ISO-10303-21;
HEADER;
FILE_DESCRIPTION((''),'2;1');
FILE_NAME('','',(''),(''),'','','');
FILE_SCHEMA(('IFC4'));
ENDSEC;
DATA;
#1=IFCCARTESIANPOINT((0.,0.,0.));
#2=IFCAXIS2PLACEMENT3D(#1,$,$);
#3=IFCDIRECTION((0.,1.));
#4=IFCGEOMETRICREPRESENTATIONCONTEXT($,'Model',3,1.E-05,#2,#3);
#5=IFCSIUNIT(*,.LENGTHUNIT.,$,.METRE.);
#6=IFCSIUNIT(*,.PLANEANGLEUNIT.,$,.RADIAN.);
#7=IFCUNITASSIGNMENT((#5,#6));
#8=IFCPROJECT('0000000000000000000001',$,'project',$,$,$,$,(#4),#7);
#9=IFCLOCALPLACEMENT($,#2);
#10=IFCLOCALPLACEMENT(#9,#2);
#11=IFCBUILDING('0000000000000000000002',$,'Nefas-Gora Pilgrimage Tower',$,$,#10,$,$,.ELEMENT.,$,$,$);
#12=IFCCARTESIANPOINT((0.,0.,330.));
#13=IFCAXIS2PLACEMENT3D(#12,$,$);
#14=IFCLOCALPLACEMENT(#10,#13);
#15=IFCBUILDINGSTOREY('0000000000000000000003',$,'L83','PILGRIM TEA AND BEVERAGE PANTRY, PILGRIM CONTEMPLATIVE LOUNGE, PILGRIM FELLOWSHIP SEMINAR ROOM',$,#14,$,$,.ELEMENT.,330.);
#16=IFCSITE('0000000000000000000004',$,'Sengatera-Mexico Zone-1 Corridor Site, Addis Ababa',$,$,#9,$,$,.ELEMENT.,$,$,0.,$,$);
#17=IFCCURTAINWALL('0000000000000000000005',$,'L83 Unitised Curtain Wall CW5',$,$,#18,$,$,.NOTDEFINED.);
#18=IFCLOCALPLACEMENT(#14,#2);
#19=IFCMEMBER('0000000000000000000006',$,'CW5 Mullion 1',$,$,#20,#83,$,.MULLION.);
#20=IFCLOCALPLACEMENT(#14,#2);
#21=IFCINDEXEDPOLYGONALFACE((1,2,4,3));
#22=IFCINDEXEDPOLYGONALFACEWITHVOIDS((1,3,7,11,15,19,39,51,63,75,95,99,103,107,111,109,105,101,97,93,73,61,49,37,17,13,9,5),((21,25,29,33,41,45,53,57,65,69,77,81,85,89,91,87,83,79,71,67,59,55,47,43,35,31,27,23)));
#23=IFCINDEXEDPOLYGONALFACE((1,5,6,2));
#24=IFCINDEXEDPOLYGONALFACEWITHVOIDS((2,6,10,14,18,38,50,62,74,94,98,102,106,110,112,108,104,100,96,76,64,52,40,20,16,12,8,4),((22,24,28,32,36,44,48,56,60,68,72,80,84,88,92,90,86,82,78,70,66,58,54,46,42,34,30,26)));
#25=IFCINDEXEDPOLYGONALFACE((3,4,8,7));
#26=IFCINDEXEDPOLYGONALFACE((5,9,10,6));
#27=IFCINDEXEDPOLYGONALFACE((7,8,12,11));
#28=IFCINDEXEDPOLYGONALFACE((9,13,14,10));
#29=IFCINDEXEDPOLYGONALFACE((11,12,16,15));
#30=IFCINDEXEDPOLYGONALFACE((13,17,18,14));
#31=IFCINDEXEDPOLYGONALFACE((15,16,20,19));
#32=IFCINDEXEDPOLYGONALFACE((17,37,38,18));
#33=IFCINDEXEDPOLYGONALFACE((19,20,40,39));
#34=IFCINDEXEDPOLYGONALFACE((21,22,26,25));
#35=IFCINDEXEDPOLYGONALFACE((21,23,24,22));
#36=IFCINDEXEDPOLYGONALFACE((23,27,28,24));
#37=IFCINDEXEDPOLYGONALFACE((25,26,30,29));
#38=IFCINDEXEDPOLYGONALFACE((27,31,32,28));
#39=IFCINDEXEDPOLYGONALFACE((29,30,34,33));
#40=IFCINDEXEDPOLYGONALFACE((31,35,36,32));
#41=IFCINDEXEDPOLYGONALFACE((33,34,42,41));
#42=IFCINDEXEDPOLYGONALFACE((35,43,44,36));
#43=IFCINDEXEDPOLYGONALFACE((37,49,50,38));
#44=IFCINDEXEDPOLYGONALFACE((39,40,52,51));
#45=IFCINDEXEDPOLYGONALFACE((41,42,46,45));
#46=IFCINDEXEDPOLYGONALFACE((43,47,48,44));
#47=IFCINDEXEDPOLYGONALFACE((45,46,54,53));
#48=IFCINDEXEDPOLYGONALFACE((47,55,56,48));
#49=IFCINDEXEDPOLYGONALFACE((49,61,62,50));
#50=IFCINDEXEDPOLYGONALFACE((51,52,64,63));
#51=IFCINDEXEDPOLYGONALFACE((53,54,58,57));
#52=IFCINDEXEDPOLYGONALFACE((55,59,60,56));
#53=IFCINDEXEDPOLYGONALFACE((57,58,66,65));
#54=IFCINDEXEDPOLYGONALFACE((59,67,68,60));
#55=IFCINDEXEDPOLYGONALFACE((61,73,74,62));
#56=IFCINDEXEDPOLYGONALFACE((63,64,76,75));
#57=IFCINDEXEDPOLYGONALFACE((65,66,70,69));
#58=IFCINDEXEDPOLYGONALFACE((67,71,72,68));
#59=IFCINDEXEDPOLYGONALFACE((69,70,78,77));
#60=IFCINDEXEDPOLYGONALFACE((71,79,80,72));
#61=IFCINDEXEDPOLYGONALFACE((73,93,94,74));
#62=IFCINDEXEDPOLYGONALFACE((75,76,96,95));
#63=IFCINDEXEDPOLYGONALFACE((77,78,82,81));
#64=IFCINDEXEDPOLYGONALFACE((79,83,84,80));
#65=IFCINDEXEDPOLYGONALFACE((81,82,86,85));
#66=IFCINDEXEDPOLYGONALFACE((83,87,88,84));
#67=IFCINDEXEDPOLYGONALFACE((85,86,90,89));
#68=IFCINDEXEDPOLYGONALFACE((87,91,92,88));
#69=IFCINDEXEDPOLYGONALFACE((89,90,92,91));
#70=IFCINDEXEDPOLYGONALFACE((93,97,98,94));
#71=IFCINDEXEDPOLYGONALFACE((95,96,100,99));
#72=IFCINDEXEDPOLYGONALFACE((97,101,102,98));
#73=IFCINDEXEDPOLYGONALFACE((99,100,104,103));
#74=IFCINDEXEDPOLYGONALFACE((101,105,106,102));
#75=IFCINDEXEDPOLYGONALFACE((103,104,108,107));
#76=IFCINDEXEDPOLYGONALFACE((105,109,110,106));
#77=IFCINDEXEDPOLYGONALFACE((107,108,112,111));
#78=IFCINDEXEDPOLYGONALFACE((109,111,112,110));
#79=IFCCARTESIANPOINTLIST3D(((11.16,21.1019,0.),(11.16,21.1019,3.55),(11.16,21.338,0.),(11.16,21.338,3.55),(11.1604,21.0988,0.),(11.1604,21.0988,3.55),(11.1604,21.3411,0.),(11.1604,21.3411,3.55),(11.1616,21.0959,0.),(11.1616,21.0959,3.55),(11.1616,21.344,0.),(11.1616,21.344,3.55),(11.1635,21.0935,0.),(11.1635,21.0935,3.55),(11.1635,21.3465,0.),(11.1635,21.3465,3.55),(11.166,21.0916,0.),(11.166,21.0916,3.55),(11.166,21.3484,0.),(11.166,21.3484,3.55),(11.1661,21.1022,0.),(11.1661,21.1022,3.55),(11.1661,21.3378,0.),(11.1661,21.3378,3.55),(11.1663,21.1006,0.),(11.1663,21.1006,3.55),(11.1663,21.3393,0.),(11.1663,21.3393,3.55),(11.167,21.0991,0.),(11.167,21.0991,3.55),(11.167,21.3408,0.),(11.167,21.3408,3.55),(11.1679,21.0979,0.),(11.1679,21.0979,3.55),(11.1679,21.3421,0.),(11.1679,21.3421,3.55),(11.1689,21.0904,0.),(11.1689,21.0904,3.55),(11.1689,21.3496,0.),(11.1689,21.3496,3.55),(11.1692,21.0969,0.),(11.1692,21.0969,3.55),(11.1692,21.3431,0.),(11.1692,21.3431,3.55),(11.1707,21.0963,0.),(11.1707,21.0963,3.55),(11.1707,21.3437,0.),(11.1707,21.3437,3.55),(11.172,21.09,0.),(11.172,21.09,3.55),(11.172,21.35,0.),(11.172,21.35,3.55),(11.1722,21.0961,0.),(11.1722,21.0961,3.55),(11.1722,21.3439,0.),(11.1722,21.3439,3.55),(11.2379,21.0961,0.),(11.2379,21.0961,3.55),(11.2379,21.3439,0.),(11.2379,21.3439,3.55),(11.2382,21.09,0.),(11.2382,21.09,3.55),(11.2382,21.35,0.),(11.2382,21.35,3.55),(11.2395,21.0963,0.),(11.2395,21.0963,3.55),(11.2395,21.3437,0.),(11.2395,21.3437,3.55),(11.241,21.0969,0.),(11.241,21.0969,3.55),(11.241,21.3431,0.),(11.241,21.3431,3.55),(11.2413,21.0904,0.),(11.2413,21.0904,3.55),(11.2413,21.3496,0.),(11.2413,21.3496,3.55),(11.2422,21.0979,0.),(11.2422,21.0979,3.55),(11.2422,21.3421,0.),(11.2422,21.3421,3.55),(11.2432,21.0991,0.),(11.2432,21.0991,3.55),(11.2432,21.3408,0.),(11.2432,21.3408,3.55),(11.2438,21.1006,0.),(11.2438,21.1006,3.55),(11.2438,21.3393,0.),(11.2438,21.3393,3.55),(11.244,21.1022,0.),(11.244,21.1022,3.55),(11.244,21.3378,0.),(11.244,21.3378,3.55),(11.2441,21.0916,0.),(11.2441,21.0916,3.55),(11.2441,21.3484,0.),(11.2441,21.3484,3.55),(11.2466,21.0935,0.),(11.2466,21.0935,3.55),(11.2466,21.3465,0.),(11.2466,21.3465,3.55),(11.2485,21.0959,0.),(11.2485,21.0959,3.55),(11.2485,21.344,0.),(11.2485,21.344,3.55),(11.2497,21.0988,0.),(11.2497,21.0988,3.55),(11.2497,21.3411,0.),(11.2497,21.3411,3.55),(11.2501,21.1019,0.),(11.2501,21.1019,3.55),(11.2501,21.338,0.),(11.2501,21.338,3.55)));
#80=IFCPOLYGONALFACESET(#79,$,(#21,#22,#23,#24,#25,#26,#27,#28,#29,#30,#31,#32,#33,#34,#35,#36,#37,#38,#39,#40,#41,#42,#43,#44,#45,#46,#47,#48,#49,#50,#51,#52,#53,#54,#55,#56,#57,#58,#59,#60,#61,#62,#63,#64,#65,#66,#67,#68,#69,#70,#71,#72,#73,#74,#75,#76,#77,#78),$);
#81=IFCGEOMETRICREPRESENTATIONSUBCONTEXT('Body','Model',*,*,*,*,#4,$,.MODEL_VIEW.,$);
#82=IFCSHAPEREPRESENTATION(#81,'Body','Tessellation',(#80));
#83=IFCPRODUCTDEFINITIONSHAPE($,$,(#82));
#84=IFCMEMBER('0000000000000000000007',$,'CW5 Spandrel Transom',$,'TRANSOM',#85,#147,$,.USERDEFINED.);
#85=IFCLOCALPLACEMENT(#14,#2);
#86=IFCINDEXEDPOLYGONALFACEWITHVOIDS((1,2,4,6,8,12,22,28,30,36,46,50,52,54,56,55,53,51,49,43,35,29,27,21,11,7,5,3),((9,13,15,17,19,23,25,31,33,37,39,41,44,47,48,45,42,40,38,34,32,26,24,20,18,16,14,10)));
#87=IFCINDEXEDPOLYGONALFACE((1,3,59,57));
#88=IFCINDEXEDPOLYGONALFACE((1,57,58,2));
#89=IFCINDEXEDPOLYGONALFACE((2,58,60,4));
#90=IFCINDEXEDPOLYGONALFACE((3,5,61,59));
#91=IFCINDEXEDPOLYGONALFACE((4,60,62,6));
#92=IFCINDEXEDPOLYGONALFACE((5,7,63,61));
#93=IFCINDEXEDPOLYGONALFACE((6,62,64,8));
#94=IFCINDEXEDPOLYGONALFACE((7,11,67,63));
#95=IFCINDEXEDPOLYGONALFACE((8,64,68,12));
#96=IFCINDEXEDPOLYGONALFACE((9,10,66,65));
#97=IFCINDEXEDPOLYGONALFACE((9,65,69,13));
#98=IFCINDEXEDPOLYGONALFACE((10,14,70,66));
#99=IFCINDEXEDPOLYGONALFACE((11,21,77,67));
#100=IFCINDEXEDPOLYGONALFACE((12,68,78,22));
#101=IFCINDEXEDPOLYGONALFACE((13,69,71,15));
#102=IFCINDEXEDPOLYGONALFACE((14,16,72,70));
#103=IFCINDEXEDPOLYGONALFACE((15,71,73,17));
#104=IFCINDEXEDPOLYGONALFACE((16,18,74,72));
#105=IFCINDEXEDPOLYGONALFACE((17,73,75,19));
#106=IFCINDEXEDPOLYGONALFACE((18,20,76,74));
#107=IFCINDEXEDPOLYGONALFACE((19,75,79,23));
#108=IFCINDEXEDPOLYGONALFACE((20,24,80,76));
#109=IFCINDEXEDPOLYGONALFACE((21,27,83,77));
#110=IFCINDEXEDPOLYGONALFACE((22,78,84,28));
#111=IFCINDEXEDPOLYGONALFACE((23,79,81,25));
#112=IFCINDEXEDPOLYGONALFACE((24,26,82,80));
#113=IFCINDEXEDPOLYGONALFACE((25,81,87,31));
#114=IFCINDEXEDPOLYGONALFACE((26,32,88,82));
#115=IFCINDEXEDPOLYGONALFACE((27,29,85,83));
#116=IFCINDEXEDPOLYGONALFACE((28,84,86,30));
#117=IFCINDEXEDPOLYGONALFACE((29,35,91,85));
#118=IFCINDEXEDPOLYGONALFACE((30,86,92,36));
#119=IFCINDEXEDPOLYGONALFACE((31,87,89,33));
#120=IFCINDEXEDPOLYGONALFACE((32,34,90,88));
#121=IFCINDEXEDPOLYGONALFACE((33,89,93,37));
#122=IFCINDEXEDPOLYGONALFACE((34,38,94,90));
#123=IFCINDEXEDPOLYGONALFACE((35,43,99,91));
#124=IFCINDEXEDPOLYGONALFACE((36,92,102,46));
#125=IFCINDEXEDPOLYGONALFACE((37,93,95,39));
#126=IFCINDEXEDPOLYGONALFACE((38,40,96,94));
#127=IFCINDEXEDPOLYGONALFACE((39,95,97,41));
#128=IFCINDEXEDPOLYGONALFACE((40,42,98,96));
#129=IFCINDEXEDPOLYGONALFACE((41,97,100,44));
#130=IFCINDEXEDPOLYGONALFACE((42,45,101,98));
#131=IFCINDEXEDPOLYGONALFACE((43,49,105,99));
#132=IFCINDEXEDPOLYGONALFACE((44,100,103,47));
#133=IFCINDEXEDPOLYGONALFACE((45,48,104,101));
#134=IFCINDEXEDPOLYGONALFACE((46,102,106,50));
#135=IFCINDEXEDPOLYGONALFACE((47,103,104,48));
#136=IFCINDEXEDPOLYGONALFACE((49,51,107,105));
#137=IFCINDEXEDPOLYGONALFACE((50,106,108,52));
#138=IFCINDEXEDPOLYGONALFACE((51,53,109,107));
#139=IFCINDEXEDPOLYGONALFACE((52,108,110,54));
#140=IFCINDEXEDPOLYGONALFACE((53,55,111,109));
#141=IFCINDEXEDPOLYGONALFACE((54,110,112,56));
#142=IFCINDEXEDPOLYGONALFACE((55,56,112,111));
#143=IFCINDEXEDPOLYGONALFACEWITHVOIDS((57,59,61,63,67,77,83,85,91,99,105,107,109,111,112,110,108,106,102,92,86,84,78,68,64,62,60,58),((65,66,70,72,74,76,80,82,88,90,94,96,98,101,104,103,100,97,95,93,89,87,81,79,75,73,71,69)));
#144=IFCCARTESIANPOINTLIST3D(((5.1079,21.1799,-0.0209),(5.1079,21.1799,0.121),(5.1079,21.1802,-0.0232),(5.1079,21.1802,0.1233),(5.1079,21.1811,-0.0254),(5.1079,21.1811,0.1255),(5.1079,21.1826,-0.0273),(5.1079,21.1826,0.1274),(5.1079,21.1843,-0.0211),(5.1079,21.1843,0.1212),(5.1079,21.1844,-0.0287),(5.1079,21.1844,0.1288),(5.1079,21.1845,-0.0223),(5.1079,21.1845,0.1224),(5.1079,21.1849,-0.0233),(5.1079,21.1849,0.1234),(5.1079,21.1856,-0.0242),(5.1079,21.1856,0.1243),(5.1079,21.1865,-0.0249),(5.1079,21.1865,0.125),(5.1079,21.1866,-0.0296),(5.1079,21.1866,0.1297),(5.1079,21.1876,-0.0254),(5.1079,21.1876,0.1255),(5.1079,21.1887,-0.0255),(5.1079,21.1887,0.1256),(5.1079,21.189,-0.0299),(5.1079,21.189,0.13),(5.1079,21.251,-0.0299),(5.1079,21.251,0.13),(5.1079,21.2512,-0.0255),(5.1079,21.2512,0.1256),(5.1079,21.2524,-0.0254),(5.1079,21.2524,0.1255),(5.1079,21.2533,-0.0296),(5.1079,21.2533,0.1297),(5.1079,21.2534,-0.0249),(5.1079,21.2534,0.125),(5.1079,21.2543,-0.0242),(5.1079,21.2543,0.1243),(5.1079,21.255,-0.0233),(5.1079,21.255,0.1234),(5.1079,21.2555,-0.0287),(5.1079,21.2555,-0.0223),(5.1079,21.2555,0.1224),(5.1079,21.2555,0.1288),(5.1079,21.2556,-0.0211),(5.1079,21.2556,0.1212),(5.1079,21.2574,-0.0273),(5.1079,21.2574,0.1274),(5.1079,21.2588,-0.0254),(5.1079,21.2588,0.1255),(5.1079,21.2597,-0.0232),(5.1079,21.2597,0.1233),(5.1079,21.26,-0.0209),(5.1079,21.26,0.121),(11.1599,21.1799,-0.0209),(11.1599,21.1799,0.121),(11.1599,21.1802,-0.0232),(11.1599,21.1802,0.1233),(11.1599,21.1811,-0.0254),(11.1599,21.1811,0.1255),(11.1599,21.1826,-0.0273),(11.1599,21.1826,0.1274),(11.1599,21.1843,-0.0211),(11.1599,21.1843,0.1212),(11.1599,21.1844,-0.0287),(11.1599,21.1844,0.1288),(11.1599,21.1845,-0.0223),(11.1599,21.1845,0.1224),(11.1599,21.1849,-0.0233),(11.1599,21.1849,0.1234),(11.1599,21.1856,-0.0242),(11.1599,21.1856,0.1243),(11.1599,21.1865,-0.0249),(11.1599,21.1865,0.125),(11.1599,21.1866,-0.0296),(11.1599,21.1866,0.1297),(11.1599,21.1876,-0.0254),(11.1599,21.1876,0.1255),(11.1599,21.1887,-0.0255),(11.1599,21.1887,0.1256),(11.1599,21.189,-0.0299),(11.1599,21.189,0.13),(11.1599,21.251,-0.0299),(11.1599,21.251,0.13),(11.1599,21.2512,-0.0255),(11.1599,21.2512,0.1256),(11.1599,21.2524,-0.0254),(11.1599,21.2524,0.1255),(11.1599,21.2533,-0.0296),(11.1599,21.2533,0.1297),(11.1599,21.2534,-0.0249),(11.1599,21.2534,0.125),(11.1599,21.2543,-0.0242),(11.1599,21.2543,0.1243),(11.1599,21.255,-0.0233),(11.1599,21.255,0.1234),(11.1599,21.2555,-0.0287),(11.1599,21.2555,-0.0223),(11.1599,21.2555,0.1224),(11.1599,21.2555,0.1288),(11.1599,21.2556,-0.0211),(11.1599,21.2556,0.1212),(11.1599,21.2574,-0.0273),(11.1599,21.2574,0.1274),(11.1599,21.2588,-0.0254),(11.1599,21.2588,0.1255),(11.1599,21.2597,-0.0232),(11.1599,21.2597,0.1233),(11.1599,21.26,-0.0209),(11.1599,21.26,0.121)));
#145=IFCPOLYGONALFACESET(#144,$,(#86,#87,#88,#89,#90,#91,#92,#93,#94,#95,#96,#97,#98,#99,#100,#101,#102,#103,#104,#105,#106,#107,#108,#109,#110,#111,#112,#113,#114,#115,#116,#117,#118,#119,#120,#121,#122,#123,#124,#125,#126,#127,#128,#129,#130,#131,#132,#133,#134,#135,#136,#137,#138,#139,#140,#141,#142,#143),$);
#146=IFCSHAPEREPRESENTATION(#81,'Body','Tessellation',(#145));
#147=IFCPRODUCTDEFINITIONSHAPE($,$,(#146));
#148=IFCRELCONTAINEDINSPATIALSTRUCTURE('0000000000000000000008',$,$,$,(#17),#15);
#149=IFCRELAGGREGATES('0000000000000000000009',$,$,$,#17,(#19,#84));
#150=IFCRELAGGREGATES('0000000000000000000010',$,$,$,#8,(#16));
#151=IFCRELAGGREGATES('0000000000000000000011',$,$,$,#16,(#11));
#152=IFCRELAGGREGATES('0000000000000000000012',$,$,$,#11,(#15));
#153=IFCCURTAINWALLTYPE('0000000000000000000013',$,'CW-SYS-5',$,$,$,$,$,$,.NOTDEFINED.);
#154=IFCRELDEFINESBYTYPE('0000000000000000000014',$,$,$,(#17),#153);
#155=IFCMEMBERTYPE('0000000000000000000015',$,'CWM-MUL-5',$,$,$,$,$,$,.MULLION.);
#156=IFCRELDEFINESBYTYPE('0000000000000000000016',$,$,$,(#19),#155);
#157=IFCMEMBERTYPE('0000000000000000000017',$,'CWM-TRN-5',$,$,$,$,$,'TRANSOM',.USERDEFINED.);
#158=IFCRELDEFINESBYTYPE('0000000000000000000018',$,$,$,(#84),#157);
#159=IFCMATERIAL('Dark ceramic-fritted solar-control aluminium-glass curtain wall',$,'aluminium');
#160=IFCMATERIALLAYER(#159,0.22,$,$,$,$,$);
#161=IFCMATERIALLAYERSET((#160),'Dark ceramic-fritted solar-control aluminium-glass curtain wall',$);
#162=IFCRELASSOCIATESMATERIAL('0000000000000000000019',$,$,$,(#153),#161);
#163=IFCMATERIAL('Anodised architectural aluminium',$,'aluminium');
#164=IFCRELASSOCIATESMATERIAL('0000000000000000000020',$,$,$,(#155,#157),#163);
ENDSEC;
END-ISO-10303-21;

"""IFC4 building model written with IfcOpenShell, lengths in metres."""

from ifc_helpers import new_model, si_unit, direction, frame, origin, origin_2d, place, context, subcontext, project, spatial, hollow_rectangle, extrude, source, transform, mapped, material, layer, layer_set, material_profile, profile_set, type_object, element, aggregate, save


model = new_model("IFC4")

# Units and contexts
model_context = context("Model", 3, precision=1e-05, world=origin(), true_north=direction((0.0, 1.0)))
body_context = subcontext(model_context, "Body", "Model", "MODEL_VIEW")
ifc_project = project(units=[si_unit("LENGTHUNIT", "METRE"), si_unit("PLANEANGLEUNIT", "RADIAN")], contexts=[model_context])

# Site, building, storey
site_placement = place(None, origin())
site = spatial("IfcSite", under=ifc_project, at=site_placement, Name="Sengatera-Mexico Zone-1 Corridor Site, Addis Ababa", CompositionType="ELEMENT", RefElevation=0.0)
building_placement = place(site_placement, origin())
building = spatial("IfcBuilding", under=site, at=building_placement, Name="Nefas-Gora Pilgrimage Tower", CompositionType="ELEMENT")
storey_placement = place(building_placement, frame((0.0, 0.0, 330.0)))
storey = spatial("IfcBuildingStorey", under=building, at=storey_placement, Name="L83", Description="PILGRIM TEA AND BEVERAGE PANTRY, PILGRIM CONTEMPLATIVE LOUNGE, PILGRIM FELLOWSHIP SEMINAR ROOM", CompositionType="ELEMENT", Elevation=330.0)

# Curtain wall, members
ifc_material_1 = material(Name="Dark ceramic-fritted solar-control aluminium-glass curtain wall", Category="aluminium")
ifc_layer_1 = layer(ifc_material_1, 0.22)
ifc_layer_set_1 = layer_set([ifc_layer_1], Name="Dark ceramic-fritted solar-control aluminium-glass curtain wall")
curtain_wall_type_1 = type_object("IfcCurtainWallType", Name="CW-SYS-5", PredefinedType="NOTDEFINED", material=ifc_layer_set_1)
curtain_wall_1_placement = place(storey_placement, origin())
curtain_wall_1 = element("IfcCurtainWall", 1, at=curtain_wall_1_placement, inside=storey, type_object=curtain_wall_type_1, Name="L83 Unitised Curtain Wall CW5", PredefinedType="NOTDEFINED")
ifc_material_2 = material(Name="Anodised architectural aluminium", Category="aluminium")
ifc_material_profile_1 = material_profile(ifc_material_2, hollow_rectangle(XDim=0.0901, YDim=0.26, WallThickness=0.0061, InnerFilletRadius=0.0061, OuterFilletRadius=0.012, at=origin_2d()), Name="ALU MULLION 90x260")
ifc_profile_set_1 = profile_set([ifc_material_profile_1], Name="Anodised architectural aluminium")
member_type_1 = type_object("IfcMemberType", Name="CWM-MUL-5", PredefinedType="MULLION", material=ifc_profile_set_1)
shared_shape_1 = source(origin(), body_context, "Body", "SweptSolid", [
    extrude(hollow_rectangle(XDim=0.0901, YDim=0.26, WallThickness=0.0061, InnerFilletRadius=0.0061, OuterFilletRadius=0.012, at=origin_2d()), origin(), (0.0, 0.0, 1.0), 3.55),
])
member_1_placement = place(storey_placement, frame((11.2051, 21.22, 0.0), z_axis=(0.0, 0.0, 1.0), x_axis=(-1.0, 0.0, 0.0)))
member_1 = element("IfcMember", 2, at=member_1_placement, type_object=member_type_1, Name="CW5 Mullion 1", PredefinedType="MULLION", context=body_context, shape_type="MappedRepresentation", body=[
    mapped(shared_shape_1, transform((0.0, 0.0, 0.0), x_axis=(1.0, 0.0, 0.0), y_axis=(0.0, 1.0, 0.0), z_axis=(0.0, 0.0, 1.0), scale=1.0)),
])
ifc_material_profile_2 = material_profile(ifc_material_2, hollow_rectangle(XDim=0.0801, YDim=0.1599, WallThickness=0.0044, InnerFilletRadius=0.0044, OuterFilletRadius=0.009, at=origin_2d()), Name="ALU TRANSOM 80x160")
ifc_profile_set_2 = profile_set([ifc_material_profile_2], Name="Anodised architectural aluminium")
member_type_2 = type_object("IfcMemberType", Name="CWM-TRN-5", ElementType="TRANSOM", PredefinedType="USERDEFINED", material=ifc_profile_set_2)
shared_shape_2 = source(origin(), body_context, "Body", "SweptSolid", [
    extrude(hollow_rectangle(XDim=0.0801, YDim=0.1599, WallThickness=0.0044, InnerFilletRadius=0.0044, OuterFilletRadius=0.009, at=origin_2d()), origin(), (0.0, 0.0, 1.0), 6.052),
])
member_2_placement = place(storey_placement, frame((11.1599, 21.22, 0.05), z_axis=(-1.0, 0.0, 0.0), x_axis=(0.0, -1.0, 0.0)))
member_2 = element("IfcMember", 3, at=member_2_placement, type_object=member_type_2, Name="CW5 Spandrel Transom", ObjectType="TRANSOM", PredefinedType="USERDEFINED", context=body_context, shape_type="MappedRepresentation", body=[
    mapped(shared_shape_2, transform((0.0, 0.0, 0.0), x_axis=(1.0, 0.0, 0.0), y_axis=(0.0, 1.0, 0.0), z_axis=(0.0, 0.0, 1.0), scale=1.0)),
])

aggregate(curtain_wall_1, [member_1, member_2])

save(model, "model.ifc")
